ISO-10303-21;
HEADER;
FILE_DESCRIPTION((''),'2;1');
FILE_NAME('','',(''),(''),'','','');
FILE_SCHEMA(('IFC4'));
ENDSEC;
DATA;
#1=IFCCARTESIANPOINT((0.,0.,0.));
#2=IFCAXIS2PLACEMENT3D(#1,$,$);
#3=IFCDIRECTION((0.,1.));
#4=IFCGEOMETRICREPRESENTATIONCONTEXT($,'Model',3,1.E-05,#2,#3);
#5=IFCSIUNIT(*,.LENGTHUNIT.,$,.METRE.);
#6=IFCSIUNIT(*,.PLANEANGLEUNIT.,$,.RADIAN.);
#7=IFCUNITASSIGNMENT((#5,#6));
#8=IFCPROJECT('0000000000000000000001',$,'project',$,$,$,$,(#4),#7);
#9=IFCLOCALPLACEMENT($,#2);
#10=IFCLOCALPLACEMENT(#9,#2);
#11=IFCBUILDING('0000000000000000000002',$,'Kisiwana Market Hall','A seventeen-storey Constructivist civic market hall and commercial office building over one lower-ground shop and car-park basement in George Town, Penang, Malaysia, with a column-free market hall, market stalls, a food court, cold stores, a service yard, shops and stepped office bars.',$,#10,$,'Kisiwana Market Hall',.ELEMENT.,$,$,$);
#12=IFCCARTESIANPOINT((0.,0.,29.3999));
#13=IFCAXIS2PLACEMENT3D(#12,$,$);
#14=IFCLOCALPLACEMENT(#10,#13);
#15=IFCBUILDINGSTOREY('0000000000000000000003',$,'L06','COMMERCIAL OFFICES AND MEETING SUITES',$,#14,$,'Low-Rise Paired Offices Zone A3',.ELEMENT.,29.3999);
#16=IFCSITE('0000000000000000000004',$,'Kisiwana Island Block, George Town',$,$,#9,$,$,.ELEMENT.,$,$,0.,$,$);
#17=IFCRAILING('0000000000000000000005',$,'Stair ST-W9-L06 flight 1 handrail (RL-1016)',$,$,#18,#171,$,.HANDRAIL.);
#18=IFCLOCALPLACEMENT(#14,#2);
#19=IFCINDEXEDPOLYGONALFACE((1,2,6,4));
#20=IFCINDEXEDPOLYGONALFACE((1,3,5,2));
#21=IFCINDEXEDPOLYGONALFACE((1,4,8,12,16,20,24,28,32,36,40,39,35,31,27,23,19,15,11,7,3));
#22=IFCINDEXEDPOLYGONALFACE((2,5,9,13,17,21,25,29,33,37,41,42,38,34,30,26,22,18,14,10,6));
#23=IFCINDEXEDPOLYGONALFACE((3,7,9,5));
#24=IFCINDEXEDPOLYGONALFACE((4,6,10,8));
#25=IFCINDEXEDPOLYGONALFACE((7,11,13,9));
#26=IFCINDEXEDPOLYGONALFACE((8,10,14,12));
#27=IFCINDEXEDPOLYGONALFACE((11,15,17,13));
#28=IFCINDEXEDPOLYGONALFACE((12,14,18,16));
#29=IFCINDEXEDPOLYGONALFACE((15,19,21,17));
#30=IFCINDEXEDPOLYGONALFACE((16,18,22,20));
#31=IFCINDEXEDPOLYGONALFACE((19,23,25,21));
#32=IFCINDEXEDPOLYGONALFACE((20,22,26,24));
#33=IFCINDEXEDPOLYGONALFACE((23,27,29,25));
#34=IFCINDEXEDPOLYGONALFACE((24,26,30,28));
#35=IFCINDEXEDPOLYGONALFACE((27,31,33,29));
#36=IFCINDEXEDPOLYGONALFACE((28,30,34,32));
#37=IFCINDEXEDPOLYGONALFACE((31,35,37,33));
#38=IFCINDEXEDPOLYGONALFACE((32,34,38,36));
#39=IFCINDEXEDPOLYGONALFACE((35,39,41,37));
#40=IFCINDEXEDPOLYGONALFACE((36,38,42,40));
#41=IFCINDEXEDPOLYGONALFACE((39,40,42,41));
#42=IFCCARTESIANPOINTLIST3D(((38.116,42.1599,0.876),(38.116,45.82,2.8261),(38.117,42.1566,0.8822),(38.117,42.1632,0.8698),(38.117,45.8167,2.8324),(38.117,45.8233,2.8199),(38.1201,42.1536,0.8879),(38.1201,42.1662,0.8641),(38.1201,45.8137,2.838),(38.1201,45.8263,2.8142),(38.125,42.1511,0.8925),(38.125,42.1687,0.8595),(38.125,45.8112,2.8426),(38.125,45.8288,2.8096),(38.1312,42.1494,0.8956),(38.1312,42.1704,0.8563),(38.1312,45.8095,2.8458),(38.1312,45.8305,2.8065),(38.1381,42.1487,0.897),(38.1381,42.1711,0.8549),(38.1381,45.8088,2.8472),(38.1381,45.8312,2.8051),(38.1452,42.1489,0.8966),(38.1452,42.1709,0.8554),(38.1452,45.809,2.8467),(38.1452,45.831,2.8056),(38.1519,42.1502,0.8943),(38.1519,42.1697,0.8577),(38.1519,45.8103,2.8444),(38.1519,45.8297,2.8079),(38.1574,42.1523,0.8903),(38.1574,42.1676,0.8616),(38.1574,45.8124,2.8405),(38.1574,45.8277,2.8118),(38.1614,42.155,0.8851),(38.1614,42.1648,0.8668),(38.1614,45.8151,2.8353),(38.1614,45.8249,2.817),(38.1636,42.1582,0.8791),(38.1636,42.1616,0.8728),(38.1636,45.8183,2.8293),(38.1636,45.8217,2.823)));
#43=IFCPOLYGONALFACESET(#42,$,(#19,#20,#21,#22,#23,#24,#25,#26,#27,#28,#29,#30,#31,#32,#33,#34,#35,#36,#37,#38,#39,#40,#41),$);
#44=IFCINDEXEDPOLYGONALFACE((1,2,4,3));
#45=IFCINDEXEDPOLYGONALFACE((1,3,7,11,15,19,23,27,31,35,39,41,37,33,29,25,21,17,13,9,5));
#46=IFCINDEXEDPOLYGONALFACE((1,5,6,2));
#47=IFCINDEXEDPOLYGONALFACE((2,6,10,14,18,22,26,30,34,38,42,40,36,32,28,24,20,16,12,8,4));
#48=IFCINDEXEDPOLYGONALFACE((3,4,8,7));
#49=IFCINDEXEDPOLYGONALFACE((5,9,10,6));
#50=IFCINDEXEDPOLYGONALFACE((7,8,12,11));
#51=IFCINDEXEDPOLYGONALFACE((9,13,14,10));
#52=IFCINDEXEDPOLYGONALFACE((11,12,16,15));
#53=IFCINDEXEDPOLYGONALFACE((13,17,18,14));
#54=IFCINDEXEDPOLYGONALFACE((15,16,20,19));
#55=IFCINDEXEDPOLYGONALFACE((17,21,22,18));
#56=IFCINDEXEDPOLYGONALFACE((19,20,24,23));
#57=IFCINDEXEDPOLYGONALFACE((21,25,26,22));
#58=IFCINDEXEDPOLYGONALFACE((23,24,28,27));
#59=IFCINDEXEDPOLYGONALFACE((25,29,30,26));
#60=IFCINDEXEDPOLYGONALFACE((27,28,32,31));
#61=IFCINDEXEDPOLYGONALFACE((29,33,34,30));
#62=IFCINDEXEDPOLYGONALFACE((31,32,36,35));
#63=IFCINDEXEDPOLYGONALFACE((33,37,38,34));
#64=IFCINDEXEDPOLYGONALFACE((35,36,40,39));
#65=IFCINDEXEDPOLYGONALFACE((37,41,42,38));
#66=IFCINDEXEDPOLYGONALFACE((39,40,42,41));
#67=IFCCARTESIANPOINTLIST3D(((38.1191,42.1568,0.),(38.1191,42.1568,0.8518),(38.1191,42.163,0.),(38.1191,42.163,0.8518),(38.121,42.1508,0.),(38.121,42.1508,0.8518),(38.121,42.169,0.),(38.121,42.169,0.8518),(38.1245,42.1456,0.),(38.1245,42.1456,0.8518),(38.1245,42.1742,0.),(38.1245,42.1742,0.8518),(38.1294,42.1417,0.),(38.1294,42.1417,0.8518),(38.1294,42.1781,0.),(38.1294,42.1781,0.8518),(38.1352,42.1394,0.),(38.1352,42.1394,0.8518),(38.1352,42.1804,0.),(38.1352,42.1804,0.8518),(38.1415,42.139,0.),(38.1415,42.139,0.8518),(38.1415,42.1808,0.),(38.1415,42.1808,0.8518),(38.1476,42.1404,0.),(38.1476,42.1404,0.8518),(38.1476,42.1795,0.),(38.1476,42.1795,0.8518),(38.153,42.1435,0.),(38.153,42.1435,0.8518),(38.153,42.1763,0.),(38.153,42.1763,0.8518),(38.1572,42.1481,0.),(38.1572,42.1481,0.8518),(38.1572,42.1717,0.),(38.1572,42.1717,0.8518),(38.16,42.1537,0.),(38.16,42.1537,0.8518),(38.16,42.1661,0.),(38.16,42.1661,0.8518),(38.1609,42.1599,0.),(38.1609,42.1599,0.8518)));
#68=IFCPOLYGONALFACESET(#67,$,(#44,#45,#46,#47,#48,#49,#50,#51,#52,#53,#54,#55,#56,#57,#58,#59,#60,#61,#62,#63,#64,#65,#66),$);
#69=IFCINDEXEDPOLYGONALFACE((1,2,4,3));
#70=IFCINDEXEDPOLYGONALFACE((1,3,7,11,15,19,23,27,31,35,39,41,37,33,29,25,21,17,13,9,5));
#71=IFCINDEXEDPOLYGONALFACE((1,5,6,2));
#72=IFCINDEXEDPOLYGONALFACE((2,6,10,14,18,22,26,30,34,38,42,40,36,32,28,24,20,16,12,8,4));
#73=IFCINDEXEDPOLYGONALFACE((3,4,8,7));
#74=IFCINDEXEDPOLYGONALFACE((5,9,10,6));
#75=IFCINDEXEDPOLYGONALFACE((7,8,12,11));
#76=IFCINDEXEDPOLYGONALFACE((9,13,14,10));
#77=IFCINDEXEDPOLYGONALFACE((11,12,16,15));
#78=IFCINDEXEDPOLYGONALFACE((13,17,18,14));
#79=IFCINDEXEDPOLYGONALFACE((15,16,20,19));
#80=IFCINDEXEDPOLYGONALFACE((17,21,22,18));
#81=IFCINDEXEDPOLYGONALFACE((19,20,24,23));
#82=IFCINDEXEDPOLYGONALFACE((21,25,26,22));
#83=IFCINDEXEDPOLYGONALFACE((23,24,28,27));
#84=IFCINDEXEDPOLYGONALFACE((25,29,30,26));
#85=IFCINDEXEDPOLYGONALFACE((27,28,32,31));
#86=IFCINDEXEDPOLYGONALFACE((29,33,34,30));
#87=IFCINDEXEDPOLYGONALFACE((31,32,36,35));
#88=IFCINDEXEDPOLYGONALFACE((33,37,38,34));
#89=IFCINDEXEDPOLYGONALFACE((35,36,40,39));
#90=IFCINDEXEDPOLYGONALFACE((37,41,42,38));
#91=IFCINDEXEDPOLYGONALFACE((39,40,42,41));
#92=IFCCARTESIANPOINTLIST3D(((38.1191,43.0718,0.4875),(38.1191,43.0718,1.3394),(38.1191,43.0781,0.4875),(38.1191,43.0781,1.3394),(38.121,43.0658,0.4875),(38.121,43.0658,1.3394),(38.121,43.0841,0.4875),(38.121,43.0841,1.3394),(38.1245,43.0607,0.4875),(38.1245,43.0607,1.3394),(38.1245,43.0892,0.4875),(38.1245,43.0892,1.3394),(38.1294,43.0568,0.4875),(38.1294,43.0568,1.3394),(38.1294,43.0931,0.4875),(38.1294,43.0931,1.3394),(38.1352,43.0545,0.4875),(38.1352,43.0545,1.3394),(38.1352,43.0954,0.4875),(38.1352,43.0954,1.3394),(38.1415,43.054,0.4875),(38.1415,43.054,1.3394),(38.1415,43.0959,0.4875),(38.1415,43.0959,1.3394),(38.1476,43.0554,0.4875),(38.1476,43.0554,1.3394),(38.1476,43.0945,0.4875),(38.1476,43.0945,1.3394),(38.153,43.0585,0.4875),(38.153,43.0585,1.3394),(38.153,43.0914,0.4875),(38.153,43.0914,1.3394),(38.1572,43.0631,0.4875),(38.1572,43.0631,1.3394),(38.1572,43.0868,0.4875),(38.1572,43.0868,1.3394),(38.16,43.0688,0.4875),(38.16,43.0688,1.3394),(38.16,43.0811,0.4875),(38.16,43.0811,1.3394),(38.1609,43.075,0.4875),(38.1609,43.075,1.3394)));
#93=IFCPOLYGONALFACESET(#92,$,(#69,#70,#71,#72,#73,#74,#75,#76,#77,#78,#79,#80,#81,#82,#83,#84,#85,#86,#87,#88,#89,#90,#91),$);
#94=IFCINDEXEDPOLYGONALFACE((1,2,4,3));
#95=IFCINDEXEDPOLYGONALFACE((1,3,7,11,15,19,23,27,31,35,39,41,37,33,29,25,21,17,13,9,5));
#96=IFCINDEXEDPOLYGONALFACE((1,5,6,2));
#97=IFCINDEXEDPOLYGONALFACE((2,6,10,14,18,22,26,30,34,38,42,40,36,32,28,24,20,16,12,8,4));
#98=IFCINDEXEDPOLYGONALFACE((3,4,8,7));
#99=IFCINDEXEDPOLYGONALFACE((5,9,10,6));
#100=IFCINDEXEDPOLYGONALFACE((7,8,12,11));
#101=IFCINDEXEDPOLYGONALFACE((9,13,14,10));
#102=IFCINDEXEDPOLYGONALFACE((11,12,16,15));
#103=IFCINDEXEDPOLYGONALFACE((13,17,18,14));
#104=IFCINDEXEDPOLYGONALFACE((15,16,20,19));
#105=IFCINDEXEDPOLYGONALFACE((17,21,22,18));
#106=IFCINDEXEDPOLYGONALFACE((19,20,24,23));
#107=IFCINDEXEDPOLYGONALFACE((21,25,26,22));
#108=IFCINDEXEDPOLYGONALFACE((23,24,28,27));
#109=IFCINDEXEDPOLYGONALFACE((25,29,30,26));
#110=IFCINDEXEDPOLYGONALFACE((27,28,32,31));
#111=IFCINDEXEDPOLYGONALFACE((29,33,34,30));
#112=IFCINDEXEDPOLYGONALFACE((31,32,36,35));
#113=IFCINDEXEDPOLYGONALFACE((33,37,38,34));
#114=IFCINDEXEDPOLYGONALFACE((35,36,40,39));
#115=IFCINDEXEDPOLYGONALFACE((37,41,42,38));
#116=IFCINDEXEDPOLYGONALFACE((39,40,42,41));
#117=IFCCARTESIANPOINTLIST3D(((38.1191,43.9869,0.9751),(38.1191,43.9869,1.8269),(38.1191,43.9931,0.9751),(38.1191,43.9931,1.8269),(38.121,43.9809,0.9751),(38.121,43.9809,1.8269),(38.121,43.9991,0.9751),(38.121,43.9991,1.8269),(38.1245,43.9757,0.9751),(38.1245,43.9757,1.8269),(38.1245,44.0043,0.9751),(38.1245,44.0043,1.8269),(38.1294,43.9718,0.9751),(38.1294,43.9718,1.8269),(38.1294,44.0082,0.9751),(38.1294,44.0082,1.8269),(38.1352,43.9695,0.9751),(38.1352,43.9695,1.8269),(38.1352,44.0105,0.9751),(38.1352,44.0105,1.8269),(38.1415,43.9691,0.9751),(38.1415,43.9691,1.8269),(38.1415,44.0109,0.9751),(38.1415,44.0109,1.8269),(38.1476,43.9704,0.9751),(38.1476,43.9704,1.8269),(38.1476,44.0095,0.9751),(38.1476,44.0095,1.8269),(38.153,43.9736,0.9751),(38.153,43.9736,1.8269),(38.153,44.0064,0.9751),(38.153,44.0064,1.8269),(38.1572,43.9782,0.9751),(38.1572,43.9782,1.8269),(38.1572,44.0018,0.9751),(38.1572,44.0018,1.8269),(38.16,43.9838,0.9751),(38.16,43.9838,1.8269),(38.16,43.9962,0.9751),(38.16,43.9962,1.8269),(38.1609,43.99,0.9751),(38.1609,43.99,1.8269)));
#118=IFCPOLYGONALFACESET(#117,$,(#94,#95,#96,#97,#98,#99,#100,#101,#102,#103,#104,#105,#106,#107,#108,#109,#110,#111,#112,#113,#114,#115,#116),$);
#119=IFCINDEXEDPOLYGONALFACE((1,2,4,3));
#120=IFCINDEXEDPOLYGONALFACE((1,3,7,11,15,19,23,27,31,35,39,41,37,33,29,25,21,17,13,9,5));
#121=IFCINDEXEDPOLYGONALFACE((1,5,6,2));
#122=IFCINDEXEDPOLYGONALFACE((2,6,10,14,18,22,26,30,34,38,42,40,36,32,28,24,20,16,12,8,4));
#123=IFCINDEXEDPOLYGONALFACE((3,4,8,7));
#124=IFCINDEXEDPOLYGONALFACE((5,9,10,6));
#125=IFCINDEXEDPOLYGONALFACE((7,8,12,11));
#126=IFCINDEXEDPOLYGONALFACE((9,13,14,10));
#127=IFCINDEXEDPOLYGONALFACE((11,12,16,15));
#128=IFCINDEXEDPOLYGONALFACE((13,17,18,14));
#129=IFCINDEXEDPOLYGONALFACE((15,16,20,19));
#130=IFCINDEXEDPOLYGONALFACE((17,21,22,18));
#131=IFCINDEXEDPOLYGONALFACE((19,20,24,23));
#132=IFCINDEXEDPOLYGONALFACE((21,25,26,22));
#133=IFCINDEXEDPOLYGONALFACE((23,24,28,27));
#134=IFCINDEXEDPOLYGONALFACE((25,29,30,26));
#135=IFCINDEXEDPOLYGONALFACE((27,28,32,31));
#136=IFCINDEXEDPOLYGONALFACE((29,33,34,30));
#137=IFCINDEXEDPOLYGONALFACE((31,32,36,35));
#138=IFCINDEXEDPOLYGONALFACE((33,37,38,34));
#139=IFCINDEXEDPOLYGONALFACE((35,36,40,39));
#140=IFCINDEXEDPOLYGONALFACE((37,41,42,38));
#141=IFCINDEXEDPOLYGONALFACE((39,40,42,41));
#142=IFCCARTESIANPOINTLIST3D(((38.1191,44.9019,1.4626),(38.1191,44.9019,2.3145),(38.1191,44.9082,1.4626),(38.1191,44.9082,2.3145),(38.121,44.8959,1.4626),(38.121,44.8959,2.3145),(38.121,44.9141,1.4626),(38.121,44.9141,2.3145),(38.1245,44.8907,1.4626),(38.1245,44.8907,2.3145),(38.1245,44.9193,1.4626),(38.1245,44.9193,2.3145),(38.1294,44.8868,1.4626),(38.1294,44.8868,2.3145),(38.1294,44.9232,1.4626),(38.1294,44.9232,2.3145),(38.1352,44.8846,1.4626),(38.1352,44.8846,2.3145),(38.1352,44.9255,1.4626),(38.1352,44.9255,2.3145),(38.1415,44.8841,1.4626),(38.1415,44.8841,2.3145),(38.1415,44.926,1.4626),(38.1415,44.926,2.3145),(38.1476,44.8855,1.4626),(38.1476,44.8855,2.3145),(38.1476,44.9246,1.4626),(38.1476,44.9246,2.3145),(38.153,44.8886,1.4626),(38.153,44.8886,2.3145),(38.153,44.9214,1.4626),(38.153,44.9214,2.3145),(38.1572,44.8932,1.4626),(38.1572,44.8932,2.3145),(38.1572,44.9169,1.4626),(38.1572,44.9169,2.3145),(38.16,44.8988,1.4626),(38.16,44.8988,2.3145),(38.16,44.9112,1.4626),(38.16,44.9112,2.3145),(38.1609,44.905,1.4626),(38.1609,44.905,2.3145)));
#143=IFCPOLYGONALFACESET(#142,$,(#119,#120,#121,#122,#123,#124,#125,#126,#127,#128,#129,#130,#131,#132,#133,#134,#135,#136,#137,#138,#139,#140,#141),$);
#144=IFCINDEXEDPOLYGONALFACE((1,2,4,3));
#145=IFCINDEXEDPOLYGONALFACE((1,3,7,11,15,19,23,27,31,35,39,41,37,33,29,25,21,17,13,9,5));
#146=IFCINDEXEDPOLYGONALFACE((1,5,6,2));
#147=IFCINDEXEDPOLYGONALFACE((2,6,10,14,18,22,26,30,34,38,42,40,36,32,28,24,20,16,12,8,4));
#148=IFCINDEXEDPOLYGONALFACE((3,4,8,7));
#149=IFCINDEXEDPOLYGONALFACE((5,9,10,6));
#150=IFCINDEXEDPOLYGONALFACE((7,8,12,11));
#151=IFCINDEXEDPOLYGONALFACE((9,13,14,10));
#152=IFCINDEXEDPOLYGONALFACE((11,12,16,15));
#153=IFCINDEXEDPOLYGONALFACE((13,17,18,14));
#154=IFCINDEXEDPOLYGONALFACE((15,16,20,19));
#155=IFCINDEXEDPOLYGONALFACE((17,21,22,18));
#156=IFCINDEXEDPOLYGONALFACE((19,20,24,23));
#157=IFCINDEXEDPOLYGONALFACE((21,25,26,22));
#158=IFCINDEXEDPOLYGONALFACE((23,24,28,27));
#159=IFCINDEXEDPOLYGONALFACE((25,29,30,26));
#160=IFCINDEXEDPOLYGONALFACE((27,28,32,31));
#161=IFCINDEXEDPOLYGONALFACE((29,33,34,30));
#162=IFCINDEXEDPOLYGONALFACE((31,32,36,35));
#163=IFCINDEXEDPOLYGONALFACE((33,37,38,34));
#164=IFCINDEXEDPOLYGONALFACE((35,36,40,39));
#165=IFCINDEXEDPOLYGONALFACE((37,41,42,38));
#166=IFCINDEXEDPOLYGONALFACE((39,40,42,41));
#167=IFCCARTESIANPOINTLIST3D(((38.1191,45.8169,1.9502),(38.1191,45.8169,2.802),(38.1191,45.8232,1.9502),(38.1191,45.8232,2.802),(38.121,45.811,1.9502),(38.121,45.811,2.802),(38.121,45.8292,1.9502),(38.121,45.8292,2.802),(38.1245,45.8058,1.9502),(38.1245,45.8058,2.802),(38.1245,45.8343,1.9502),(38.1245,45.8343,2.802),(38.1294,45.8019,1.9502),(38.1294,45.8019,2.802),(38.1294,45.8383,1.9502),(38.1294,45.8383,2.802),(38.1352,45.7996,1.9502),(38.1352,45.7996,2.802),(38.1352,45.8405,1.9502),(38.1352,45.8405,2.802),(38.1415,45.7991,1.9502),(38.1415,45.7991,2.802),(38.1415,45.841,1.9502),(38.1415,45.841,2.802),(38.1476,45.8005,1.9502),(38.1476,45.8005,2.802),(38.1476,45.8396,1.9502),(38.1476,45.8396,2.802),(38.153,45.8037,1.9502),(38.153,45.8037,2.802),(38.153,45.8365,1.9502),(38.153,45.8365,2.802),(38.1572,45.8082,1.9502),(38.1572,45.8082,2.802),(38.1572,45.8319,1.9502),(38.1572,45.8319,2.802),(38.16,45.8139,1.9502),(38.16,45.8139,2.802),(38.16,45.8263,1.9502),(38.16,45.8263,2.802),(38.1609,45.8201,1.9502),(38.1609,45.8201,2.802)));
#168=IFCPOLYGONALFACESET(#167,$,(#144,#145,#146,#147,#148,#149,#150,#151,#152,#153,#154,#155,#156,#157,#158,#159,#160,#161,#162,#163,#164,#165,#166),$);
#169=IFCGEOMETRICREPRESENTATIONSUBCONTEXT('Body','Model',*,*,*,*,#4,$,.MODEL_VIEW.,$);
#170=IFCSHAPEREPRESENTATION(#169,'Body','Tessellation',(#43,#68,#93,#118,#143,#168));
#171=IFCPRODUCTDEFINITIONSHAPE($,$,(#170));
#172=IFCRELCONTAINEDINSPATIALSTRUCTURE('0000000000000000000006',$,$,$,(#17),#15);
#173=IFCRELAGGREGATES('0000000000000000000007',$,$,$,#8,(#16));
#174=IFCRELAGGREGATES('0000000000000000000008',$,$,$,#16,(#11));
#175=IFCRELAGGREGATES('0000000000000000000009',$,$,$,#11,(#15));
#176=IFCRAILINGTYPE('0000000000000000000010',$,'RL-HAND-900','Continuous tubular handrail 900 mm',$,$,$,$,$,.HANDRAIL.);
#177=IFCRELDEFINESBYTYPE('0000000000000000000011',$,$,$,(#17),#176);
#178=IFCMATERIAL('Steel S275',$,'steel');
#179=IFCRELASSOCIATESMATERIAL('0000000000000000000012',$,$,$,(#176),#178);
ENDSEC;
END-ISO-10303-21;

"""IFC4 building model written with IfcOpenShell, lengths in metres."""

from ifc_helpers import new_model, si_unit, direction, frame, origin, origin_2d, place, context, subcontext, project, spatial, circle, extrude, material, type_object, element, save


model = new_model("IFC4")

# Units and contexts
model_context = context("Model", 3, precision=1e-05, world=origin(), true_north=direction((0.0, 1.0)))
body_context = subcontext(model_context, "Body", "Model", "MODEL_VIEW")
ifc_project = project(units=[si_unit("LENGTHUNIT", "METRE"), si_unit("PLANEANGLEUNIT", "RADIAN")], contexts=[model_context])

# Site, building, storey
site_placement = place(None, origin())
site = spatial("IfcSite", under=ifc_project, at=site_placement, Name="Kisiwana Island Block, George Town", CompositionType="ELEMENT", RefElevation=0.0)
building_placement = place(site_placement, origin())
building = spatial("IfcBuilding", under=site, at=building_placement, Name="Kisiwana Market Hall", Description="A seventeen-storey Constructivist civic market hall and commercial office building over one lower-ground shop and car-park basement in George Town, Penang, Malaysia, with a column-free market hall, market stalls, a food court, cold stores, a service yard, shops and stepped office bars.", LongName="Kisiwana Market Hall", CompositionType="ELEMENT")
storey_placement = place(building_placement, frame((0.0, 0.0, 29.3999)))
storey = spatial("IfcBuildingStorey", under=building, at=storey_placement, Name="L06", Description="COMMERCIAL OFFICES AND MEETING SUITES", LongName="Low-Rise Paired Offices Zone A3", CompositionType="ELEMENT", Elevation=29.3999)

# Railing
ifc_material_1 = material(Name="Steel S275", Category="steel")
railing_type_1 = type_object("IfcRailingType", Name="RL-HAND-900", Description="Continuous tubular handrail 900 mm", PredefinedType="HANDRAIL", material=ifc_material_1)
railing_1_placement = place(storey_placement, frame((38.1399, 42.1599, 0.0)))
element("IfcRailing", 1, at=railing_1_placement, inside=storey, type_object=railing_type_1, Name="Stair ST-W9-L06 flight 1 handrail (RL-1016)", PredefinedType="HANDRAIL", context=body_context, shape_type="SweptSolid", body=[
    extrude(circle(Radius=0.0239, at=origin_2d()), frame((0.0, 0.0, 0.876), z_axis=(0.0, 0.882542, 0.470234), x_axis=(-1.0, 0.0, 0.0)), (0.0, 0.0, 1.0), 4.1472),
    extrude(circle(Radius=0.021, at=origin_2d()), origin(), (0.0, 0.0, 1.0), 0.8518),
    extrude(circle(Radius=0.021, at=origin_2d()), frame((0.0, 0.915, 0.4875)), (0.0, 0.0, 1.0), 0.8518),
    extrude(circle(Radius=0.021, at=origin_2d()), frame((0.0, 1.8301, 0.9751)), (0.0, 0.0, 1.0), 0.8518),
    extrude(circle(Radius=0.021, at=origin_2d()), frame((0.0, 2.7451, 1.4626)), (0.0, 0.0, 1.0), 0.8518),
    extrude(circle(Radius=0.021, at=origin_2d()), frame((0.0, 3.6602, 1.9502)), (0.0, 0.0, 1.0), 0.8518),
])

save(model, "model.ifc")
